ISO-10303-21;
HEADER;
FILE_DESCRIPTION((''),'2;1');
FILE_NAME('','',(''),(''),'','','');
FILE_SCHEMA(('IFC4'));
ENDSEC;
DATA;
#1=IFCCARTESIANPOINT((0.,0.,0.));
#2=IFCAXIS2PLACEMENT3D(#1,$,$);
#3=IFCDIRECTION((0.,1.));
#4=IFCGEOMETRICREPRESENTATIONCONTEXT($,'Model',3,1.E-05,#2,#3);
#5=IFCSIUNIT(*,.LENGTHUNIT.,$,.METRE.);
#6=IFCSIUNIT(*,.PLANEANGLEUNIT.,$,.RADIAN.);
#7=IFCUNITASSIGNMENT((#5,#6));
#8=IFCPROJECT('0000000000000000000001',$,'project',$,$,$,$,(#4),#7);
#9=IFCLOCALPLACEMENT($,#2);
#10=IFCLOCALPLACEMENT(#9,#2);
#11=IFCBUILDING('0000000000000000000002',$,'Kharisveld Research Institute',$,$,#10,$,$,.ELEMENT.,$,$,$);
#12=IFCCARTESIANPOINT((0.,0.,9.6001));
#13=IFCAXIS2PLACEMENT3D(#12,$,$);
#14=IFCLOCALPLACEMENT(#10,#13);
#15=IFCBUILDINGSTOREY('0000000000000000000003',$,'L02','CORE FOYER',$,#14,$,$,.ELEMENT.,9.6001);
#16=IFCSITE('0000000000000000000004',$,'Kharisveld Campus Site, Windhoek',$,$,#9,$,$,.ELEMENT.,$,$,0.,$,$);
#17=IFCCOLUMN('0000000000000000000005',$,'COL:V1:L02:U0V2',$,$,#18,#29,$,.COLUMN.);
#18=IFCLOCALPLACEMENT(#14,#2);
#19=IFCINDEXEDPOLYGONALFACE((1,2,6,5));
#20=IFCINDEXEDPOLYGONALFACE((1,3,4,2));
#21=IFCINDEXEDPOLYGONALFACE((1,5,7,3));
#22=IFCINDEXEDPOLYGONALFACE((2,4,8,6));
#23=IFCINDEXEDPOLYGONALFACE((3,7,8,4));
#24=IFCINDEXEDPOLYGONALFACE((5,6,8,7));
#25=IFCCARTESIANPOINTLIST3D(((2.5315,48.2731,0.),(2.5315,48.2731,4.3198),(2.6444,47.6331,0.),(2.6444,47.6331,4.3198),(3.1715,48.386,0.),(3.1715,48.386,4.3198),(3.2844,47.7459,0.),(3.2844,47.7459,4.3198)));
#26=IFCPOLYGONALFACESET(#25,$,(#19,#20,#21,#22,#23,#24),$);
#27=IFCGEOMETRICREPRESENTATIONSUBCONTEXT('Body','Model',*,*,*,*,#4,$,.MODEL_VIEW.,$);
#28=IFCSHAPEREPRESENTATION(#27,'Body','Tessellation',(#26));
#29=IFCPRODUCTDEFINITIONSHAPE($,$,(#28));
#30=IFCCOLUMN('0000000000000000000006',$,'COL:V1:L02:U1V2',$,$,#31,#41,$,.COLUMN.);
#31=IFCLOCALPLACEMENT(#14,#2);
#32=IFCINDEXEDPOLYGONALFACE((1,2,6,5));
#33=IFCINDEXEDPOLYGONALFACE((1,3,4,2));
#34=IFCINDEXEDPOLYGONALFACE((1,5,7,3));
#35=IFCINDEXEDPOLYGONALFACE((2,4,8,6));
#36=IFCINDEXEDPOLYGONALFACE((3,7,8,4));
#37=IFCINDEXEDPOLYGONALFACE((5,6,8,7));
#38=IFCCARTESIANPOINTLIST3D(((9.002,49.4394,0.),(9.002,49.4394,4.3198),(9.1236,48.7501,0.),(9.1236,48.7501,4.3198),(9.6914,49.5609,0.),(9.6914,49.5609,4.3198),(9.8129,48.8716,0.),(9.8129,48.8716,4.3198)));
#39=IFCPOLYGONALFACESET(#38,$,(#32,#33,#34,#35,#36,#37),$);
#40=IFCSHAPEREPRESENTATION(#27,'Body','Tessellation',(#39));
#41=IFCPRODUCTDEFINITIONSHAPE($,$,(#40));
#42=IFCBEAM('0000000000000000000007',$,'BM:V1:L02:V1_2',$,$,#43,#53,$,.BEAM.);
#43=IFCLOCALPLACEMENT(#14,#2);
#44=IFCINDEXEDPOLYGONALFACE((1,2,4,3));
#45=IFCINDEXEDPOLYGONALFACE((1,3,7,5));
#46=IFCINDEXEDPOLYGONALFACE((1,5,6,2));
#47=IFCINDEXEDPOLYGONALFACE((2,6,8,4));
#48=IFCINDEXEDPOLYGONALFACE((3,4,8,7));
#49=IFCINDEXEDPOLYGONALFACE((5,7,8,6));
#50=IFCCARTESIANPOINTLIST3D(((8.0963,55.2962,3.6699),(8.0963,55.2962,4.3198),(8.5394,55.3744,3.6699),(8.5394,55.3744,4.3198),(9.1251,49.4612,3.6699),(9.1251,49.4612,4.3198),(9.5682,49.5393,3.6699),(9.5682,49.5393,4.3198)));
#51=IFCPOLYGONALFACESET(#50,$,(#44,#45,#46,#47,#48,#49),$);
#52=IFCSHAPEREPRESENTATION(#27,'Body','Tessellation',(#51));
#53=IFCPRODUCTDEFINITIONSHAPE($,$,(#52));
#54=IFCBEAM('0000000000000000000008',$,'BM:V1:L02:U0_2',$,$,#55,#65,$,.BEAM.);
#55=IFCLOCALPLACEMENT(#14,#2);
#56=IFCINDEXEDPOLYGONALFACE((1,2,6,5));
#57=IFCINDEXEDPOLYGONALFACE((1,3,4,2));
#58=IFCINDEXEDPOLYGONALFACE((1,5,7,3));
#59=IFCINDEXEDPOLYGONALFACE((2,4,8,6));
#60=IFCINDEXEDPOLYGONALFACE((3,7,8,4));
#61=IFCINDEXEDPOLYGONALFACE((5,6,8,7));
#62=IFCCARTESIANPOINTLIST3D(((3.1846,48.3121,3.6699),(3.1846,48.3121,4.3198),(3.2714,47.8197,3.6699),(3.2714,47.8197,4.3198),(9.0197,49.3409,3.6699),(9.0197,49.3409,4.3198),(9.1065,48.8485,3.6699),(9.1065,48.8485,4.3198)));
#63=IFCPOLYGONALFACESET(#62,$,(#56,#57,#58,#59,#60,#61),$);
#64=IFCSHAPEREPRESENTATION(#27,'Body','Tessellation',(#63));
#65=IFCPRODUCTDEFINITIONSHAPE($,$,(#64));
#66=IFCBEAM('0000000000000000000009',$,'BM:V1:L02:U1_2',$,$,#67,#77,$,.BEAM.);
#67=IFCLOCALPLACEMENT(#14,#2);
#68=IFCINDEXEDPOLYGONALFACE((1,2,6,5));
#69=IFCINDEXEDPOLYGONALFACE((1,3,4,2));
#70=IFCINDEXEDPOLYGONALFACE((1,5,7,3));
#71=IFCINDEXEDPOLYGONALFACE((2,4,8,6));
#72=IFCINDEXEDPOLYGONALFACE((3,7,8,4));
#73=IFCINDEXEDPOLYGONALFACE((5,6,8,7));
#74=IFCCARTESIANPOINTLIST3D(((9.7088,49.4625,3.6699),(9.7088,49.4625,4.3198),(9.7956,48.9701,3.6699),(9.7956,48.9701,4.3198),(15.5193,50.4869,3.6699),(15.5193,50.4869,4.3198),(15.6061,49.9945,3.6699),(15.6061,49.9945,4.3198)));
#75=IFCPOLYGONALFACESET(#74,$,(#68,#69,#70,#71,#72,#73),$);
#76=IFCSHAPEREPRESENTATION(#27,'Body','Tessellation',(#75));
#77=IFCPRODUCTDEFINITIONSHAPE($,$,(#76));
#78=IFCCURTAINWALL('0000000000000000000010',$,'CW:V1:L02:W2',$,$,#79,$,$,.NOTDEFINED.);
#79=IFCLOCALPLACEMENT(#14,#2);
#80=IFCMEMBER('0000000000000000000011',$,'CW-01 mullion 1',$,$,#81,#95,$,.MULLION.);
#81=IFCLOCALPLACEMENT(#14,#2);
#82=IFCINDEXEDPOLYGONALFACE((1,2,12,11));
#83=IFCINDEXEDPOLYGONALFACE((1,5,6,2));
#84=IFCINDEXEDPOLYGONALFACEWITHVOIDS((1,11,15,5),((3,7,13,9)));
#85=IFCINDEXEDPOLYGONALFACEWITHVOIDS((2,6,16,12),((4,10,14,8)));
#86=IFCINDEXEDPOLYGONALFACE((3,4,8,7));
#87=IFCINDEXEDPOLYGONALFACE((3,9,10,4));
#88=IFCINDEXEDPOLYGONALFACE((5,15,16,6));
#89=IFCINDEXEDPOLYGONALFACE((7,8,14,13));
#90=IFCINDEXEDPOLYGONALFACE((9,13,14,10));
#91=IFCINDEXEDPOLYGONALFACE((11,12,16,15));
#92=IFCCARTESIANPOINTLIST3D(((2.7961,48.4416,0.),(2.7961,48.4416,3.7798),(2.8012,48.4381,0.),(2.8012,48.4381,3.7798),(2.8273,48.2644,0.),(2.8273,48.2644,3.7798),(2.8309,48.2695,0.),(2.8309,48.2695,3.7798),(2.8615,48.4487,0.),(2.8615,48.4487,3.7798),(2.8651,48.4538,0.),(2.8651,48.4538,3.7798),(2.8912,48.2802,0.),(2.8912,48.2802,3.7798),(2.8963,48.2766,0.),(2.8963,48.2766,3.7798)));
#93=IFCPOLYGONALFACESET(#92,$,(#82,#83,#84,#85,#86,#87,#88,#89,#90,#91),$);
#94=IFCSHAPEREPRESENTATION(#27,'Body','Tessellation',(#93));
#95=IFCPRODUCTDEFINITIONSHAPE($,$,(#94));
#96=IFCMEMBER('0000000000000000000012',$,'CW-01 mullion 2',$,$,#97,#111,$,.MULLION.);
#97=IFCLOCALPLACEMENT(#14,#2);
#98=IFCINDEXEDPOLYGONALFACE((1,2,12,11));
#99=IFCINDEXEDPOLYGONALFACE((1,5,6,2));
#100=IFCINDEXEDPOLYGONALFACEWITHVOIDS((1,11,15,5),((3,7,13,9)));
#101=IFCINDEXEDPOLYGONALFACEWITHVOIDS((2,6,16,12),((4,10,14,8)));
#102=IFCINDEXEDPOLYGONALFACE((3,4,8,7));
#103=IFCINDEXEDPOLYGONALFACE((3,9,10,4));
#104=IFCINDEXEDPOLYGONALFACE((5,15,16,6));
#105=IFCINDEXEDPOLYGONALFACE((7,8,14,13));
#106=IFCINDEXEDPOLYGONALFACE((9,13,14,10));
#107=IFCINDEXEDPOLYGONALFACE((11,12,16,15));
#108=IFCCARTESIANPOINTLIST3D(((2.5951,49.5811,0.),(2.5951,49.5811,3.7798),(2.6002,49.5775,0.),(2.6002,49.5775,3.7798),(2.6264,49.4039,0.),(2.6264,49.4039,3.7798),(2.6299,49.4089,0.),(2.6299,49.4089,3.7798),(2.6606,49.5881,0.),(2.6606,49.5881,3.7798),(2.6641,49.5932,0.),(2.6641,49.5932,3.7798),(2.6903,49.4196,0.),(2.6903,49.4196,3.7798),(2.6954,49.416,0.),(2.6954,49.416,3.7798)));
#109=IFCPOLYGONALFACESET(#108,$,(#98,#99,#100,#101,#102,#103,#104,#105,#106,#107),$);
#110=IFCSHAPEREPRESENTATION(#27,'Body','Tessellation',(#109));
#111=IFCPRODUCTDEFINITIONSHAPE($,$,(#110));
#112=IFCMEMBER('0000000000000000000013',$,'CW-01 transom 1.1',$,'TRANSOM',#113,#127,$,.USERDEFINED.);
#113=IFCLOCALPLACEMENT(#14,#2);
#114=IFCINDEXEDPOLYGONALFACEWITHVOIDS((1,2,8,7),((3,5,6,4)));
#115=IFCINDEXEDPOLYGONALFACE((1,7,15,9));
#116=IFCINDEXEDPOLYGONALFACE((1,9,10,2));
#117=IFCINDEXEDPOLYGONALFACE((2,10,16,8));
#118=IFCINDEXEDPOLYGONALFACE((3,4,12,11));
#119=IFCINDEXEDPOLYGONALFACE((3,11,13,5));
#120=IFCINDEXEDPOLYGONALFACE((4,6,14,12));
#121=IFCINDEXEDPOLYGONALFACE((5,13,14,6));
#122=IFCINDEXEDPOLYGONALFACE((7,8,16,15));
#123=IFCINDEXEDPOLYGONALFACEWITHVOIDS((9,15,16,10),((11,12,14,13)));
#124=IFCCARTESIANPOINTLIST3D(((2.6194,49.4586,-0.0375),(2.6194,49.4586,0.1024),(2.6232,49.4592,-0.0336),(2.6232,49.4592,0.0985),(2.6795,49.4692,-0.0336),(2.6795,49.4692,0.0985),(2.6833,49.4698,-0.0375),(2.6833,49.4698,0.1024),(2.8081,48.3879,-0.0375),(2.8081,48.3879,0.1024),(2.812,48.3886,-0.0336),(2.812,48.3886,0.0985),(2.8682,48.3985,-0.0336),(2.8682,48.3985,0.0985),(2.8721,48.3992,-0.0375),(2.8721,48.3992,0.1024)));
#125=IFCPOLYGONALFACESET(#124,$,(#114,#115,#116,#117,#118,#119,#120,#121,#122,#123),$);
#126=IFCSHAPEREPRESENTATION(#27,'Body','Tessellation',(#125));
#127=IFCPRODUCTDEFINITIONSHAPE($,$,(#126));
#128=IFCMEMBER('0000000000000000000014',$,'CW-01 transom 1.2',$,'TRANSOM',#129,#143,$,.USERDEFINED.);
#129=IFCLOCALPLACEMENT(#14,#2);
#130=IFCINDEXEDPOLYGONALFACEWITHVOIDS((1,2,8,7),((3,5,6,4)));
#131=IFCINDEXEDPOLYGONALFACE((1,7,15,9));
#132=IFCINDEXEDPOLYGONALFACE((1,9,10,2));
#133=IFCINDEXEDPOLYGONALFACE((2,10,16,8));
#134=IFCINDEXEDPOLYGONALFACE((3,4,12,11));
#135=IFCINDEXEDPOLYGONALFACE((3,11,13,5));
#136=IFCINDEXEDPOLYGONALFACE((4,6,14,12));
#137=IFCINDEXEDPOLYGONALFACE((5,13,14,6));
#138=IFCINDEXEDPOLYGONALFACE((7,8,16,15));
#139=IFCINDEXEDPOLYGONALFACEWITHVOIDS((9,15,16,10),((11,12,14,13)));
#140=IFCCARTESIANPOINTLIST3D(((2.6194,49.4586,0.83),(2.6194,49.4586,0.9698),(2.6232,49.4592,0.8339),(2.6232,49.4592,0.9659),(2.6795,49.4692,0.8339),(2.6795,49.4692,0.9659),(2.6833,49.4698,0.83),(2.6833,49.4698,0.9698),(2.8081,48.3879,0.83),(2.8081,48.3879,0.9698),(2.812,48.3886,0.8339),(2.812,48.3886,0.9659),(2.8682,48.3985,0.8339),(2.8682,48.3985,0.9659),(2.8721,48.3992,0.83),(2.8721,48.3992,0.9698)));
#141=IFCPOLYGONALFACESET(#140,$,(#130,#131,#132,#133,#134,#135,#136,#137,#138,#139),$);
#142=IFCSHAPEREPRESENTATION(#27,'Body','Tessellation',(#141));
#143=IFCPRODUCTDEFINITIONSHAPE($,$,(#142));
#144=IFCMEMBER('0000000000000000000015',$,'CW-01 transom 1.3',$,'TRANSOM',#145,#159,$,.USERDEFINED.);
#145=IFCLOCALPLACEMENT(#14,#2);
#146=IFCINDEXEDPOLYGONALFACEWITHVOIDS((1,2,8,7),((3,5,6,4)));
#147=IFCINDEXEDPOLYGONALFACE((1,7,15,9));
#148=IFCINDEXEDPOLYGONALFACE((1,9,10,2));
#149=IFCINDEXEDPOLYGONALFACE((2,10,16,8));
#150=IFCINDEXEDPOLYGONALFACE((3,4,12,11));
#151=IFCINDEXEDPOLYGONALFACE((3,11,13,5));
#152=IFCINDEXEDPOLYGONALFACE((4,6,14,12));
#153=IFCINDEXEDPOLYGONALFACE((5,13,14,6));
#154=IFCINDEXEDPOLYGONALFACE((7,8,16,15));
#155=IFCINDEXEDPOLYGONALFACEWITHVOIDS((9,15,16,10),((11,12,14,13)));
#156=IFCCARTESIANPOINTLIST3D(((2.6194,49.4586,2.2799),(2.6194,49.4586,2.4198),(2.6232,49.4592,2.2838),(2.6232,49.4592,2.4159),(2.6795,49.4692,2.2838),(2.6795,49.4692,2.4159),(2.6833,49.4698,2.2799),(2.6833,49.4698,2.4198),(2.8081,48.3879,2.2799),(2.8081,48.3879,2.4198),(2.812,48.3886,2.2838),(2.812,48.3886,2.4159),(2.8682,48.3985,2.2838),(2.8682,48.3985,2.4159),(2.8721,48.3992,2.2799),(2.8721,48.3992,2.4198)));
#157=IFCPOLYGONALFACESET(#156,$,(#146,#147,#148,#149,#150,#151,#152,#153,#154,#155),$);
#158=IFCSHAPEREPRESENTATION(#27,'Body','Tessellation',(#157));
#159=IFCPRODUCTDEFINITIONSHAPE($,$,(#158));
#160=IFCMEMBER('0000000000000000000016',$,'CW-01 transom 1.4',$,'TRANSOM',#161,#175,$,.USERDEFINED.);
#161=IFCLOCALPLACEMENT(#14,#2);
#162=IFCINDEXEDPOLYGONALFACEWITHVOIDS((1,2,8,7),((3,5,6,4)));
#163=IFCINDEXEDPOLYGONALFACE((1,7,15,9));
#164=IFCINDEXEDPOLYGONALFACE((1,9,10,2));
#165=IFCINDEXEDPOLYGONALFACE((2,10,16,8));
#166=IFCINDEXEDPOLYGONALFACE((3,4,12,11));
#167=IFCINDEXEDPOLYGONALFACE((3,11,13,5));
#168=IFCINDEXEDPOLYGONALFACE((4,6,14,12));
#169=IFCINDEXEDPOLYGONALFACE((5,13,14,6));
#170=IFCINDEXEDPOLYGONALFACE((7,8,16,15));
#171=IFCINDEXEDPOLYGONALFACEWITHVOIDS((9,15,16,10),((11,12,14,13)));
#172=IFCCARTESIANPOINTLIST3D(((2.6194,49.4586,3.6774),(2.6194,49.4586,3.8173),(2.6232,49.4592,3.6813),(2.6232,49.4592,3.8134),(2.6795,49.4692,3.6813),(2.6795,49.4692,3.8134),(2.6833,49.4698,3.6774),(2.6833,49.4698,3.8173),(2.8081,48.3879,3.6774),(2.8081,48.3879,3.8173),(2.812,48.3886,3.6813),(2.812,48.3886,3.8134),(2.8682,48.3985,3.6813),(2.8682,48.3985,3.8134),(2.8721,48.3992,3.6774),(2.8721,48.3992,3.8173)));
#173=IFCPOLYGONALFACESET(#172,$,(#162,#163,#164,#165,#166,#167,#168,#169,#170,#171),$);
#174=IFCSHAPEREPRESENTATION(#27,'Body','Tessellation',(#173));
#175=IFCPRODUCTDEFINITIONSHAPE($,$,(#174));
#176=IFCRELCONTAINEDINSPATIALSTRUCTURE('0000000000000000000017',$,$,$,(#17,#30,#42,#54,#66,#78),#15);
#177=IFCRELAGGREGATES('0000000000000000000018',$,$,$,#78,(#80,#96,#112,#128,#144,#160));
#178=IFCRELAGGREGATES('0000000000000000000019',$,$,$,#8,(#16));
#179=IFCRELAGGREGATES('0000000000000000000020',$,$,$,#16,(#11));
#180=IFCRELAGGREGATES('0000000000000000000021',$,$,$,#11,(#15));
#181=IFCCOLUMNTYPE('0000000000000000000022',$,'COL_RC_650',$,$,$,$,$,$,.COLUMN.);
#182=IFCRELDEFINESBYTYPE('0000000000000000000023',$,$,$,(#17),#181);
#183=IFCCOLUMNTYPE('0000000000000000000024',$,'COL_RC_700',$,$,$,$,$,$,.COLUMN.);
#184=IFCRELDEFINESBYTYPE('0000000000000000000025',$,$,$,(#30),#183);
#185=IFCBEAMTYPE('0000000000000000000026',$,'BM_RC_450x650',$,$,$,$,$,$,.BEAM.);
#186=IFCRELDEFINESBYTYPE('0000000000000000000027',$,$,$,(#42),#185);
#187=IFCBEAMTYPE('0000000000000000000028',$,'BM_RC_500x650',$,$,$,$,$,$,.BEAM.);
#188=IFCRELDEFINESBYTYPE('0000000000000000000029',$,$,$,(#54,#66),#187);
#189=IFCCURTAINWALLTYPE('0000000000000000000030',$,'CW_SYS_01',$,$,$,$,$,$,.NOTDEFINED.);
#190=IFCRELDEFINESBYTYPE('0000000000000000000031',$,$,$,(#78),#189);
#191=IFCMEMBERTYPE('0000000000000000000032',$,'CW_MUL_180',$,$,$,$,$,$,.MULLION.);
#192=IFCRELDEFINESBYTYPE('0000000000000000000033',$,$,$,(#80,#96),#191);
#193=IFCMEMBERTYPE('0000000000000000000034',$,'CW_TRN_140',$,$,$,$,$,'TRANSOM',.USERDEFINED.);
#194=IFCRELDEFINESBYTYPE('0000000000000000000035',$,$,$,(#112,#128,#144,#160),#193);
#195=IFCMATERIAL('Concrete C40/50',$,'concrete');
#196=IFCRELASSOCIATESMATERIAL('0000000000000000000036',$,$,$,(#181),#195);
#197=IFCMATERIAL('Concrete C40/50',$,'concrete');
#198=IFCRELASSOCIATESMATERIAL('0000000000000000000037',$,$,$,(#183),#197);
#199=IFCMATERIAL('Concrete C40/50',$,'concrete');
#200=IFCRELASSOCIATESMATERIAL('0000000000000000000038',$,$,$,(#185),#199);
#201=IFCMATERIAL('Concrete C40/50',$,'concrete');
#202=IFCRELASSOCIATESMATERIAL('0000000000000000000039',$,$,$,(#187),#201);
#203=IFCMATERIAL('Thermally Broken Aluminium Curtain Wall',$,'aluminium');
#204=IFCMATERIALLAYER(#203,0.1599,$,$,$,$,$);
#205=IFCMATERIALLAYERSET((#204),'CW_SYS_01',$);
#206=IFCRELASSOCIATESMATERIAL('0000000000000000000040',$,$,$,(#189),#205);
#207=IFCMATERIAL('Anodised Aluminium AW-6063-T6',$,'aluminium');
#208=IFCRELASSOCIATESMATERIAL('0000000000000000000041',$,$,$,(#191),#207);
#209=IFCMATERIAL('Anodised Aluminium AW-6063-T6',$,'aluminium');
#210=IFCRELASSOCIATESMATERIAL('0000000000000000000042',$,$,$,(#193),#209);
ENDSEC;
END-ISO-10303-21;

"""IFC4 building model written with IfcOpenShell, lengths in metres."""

from ifc_helpers import new_model, si_unit, direction, frame, origin, origin_2d, place, context, subcontext, project, spatial, rectangle, hollow_rectangle, extrude, material, layer, layer_set, material_profile, profile_set, type_object, element, aggregate, save


model = new_model("IFC4")

# Units and contexts
model_context = context("Model", 3, precision=1e-05, world=origin(), true_north=direction((0.0, 1.0)))
body_context = subcontext(model_context, "Body", "Model", "MODEL_VIEW")
ifc_project = project(units=[si_unit("LENGTHUNIT", "METRE"), si_unit("PLANEANGLEUNIT", "RADIAN")], contexts=[model_context])

# Site, building, storey
site_placement = place(None, origin())
site = spatial("IfcSite", under=ifc_project, at=site_placement, Name="Kharisveld Campus Site, Windhoek", CompositionType="ELEMENT", RefElevation=0.0)
building_placement = place(site_placement, origin())
building = spatial("IfcBuilding", under=site, at=building_placement, Name="Kharisveld Research Institute", CompositionType="ELEMENT")
storey_placement = place(building_placement, frame((0.0, 0.0, 9.6001)))
storey = spatial("IfcBuildingStorey", under=building, at=storey_placement, Name="L02", Description="CORE FOYER", CompositionType="ELEMENT", Elevation=9.6001)

# Columns
ifc_material_1 = material(Name="Concrete C40/50", Category="concrete")
ifc_material_profile_1 = material_profile(ifc_material_1, rectangle(XDim=0.6499, YDim=0.6499, at=origin_2d()))
ifc_profile_set_1 = profile_set([ifc_material_profile_1], Name="Concrete C40/50")
column_type_1 = type_object("IfcColumnType", Name="COL_RC_650", PredefinedType="COLUMN", material=ifc_profile_set_1)
column_1_placement = place(storey_placement, frame((2.908, 48.0095, 0.0), z_axis=(0.0, 0.0, 1.0), x_axis=(0.984808, 0.173648, 0.0)))
element("IfcColumn", 1, at=column_1_placement, inside=storey, type_object=column_type_1, Name="COL:V1:L02:U0V2", PredefinedType="COLUMN", context=body_context, shape_type="SweptSolid", body=[
    extrude(rectangle(XDim=0.6499, YDim=0.6499, at=origin_2d()), origin(), (0.0, 0.0, 1.0), 4.3198),
])
ifc_material_2 = material(Name="Concrete C40/50", Category="concrete")
ifc_material_profile_2 = material_profile(ifc_material_2, rectangle(XDim=0.7, YDim=0.7, at=origin_2d()))
ifc_profile_set_2 = profile_set([ifc_material_profile_2], Name="Concrete C40/50")
column_type_2 = type_object("IfcColumnType", Name="COL_RC_700", PredefinedType="COLUMN", material=ifc_profile_set_2)
column_2_placement = place(storey_placement, frame((9.4075, 49.1555, 0.0), z_axis=(0.0, 0.0, 1.0), x_axis=(0.984808, 0.173648, 0.0)))
element("IfcColumn", 2, at=column_2_placement, inside=storey, type_object=column_type_2, Name="COL:V1:L02:U1V2", PredefinedType="COLUMN", context=body_context, shape_type="SweptSolid", body=[
    extrude(rectangle(XDim=0.7, YDim=0.7, at=origin_2d()), origin(), (0.0, 0.0, 1.0), 4.3198),
])

# Beams
ifc_material_3 = material(Name="Concrete C40/50", Category="concrete")
ifc_material_profile_3 = material_profile(ifc_material_3, rectangle(XDim=0.45, YDim=0.6499, at=origin_2d()))
ifc_profile_set_3 = profile_set([ifc_material_profile_3], Name="Concrete C40/50")
beam_type_1 = type_object("IfcBeamType", Name="BM_RC_450x650", PredefinedType="BEAM", material=ifc_profile_set_3)
beam_1_placement = place(storey_placement, frame((9.3467, 49.5002, 3.9949), z_axis=(-0.17364, 0.984809, 0.0), x_axis=(-0.984809, -0.17364, 0.0)))
element("IfcBeam", 3, at=beam_1_placement, inside=storey, type_object=beam_type_1, Name="BM:V1:L02:V1_2", PredefinedType="BEAM", context=body_context, shape_type="SweptSolid", body=[
    extrude(rectangle(XDim=0.45, YDim=0.6499, at=origin_2d()), origin(), (0.0, 0.0, 1.0), 5.925),
])
ifc_material_4 = material(Name="Concrete C40/50", Category="concrete")
ifc_material_profile_4 = material_profile(ifc_material_4, rectangle(XDim=0.5, YDim=0.6499, at=origin_2d()))
ifc_profile_set_4 = profile_set([ifc_material_profile_4], Name="Concrete C40/50")
beam_type_2 = type_object("IfcBeamType", Name="BM_RC_500x650", PredefinedType="BEAM", material=ifc_profile_set_4)
beam_2_placement = place(storey_placement, frame((3.228, 48.0659, 3.9949), z_axis=(0.984809, 0.17364, 0.0), x_axis=(-0.17364, 0.984809, 0.0)))
element("IfcBeam", 4, at=beam_2_placement, inside=storey, type_object=beam_type_2, Name="BM:V1:L02:U0_2", PredefinedType="BEAM", context=body_context, shape_type="SweptSolid", body=[
    extrude(rectangle(XDim=0.5, YDim=0.6499, at=origin_2d()), origin(), (0.0, 0.0, 1.0), 5.925),
])
beam_3_placement = place(storey_placement, frame((9.7522, 49.2163, 3.9949), z_axis=(0.984812, 0.173625, 0.0), x_axis=(-0.173625, 0.984812, 0.0)))
element("IfcBeam", 5, at=beam_3_placement, inside=storey, type_object=beam_type_2, Name="BM:V1:L02:U1_2", PredefinedType="BEAM", context=body_context, shape_type="SweptSolid", body=[
    extrude(rectangle(XDim=0.5, YDim=0.6499, at=origin_2d()), origin(), (0.0, 0.0, 1.0), 5.9001),
])

# Curtain wall, members
ifc_material_5 = material(Name="Thermally Broken Aluminium Curtain Wall", Category="aluminium")
ifc_layer_1 = layer(ifc_material_5, 0.1599)
ifc_layer_set_1 = layer_set([ifc_layer_1], Name="CW_SYS_01")
curtain_wall_type = type_object("IfcCurtainWallType", Name="CW_SYS_01", PredefinedType="NOTDEFINED", material=ifc_layer_set_1)
curtain_wall_placement = place(storey_placement, origin())
curtain_wall = element("IfcCurtainWall", 6, at=curtain_wall_placement, inside=storey, type_object=curtain_wall_type, Name="CW:V1:L02:W2", PredefinedType="NOTDEFINED")
ifc_material_6 = material(Name="Anodised Aluminium AW-6063-T6", Category="aluminium")
ifc_material_profile_5 = material_profile(ifc_material_6, hollow_rectangle(XDim=0.0701, YDim=0.1799, WallThickness=0.0044, at=origin_2d()))
ifc_profile_set_5 = profile_set([ifc_material_profile_5], Name="Anodised Aluminium AW-6063-T6")
member_type_1 = type_object("IfcMemberType", Name="CW_MUL_180", PredefinedType="MULLION", material=ifc_profile_set_5)
member_1_placement = place(storey_placement, frame((2.8462, 48.3591, 0.0), z_axis=(0.0, 0.0, 1.0), x_axis=(-0.984808, -0.173648, 0.0)))
member_1 = element("IfcMember", 7, at=member_1_placement, type_object=member_type_1, Name="CW-01 mullion 1", PredefinedType="MULLION", context=body_context, shape_type="SweptSolid", body=[
    extrude(hollow_rectangle(XDim=0.0701, YDim=0.1799, WallThickness=0.0044, at=origin_2d()), origin(), (0.0, 0.0, 1.0), 3.7798),
])
member_2_placement = place(storey_placement, frame((2.6453, 49.4985, 0.0), z_axis=(0.0, 0.0, 1.0), x_axis=(-0.984808, -0.173648, 0.0)))
member_2 = element("IfcMember", 8, at=member_2_placement, type_object=member_type_1, Name="CW-01 mullion 2", PredefinedType="MULLION", context=body_context, shape_type="SweptSolid", body=[
    extrude(hollow_rectangle(XDim=0.0701, YDim=0.1799, WallThickness=0.0044, at=origin_2d()), origin(), (0.0, 0.0, 1.0), 3.7798),
])
ifc_material_7 = material(Name="Anodised Aluminium AW-6063-T6", Category="aluminium")
ifc_material_profile_6 = material_profile(ifc_material_7, hollow_rectangle(XDim=0.0649, YDim=0.1399, WallThickness=0.0039, at=origin_2d()))
ifc_profile_set_6 = profile_set([ifc_material_profile_6], Name="Anodised Aluminium AW-6063-T6")
member_type_2 = type_object("IfcMemberType", Name="CW_TRN_140", ElementType="TRANSOM", PredefinedType="USERDEFINED", material=ifc_profile_set_6)
member_3_placement = place(storey_placement, frame((2.8401, 48.3936, 0.0325), z_axis=(-0.173606, 0.984815, 0.0), x_axis=(-0.984815, -0.173606, 0.0)))
member_3 = element("IfcMember", 9, at=member_3_placement, type_object=member_type_2, Name="CW-01 transom 1.1", ObjectType="TRANSOM", PredefinedType="USERDEFINED", context=body_context, shape_type="SweptSolid", body=[
    extrude(hollow_rectangle(XDim=0.0649, YDim=0.1399, WallThickness=0.0039, at=origin_2d()), origin(), (0.0, 0.0, 1.0), 1.0872),
])
member_4_placement = place(storey_placement, frame((2.8401, 48.3936, 0.8999), z_axis=(-0.173606, 0.984815, 0.0), x_axis=(-0.984815, -0.173606, 0.0)))
member_4 = element("IfcMember", 10, at=member_4_placement, type_object=member_type_2, Name="CW-01 transom 1.2", ObjectType="TRANSOM", PredefinedType="USERDEFINED", context=body_context, shape_type="SweptSolid", body=[
    extrude(hollow_rectangle(XDim=0.0649, YDim=0.1399, WallThickness=0.0039, at=origin_2d()), origin(), (0.0, 0.0, 1.0), 1.0872),
])
member_5_placement = place(storey_placement, frame((2.8401, 48.3936, 2.3499), z_axis=(-0.173606, 0.984815, 0.0), x_axis=(-0.984815, -0.173606, 0.0)))
member_5 = element("IfcMember", 11, at=member_5_placement, type_object=member_type_2, Name="CW-01 transom 1.3", ObjectType="TRANSOM", PredefinedType="USERDEFINED", context=body_context, shape_type="SweptSolid", body=[
    extrude(hollow_rectangle(XDim=0.0649, YDim=0.1399, WallThickness=0.0039, at=origin_2d()), origin(), (0.0, 0.0, 1.0), 1.0872),
])
member_6_placement = place(storey_placement, frame((2.8401, 48.3936, 3.7473), z_axis=(-0.173606, 0.984815, 0.0), x_axis=(-0.984815, -0.173606, 0.0)))
member_6 = element("IfcMember", 12, at=member_6_placement, type_object=member_type_2, Name="CW-01 transom 1.4", ObjectType="TRANSOM", PredefinedType="USERDEFINED", context=body_context, shape_type="SweptSolid", body=[
    extrude(hollow_rectangle(XDim=0.0649, YDim=0.1399, WallThickness=0.0039, at=origin_2d()), origin(), (0.0, 0.0, 1.0), 1.0872),
])

aggregate(curtain_wall, [member_1, member_2, member_3, member_4, member_5, member_6])

save(model, "model.ifc")
